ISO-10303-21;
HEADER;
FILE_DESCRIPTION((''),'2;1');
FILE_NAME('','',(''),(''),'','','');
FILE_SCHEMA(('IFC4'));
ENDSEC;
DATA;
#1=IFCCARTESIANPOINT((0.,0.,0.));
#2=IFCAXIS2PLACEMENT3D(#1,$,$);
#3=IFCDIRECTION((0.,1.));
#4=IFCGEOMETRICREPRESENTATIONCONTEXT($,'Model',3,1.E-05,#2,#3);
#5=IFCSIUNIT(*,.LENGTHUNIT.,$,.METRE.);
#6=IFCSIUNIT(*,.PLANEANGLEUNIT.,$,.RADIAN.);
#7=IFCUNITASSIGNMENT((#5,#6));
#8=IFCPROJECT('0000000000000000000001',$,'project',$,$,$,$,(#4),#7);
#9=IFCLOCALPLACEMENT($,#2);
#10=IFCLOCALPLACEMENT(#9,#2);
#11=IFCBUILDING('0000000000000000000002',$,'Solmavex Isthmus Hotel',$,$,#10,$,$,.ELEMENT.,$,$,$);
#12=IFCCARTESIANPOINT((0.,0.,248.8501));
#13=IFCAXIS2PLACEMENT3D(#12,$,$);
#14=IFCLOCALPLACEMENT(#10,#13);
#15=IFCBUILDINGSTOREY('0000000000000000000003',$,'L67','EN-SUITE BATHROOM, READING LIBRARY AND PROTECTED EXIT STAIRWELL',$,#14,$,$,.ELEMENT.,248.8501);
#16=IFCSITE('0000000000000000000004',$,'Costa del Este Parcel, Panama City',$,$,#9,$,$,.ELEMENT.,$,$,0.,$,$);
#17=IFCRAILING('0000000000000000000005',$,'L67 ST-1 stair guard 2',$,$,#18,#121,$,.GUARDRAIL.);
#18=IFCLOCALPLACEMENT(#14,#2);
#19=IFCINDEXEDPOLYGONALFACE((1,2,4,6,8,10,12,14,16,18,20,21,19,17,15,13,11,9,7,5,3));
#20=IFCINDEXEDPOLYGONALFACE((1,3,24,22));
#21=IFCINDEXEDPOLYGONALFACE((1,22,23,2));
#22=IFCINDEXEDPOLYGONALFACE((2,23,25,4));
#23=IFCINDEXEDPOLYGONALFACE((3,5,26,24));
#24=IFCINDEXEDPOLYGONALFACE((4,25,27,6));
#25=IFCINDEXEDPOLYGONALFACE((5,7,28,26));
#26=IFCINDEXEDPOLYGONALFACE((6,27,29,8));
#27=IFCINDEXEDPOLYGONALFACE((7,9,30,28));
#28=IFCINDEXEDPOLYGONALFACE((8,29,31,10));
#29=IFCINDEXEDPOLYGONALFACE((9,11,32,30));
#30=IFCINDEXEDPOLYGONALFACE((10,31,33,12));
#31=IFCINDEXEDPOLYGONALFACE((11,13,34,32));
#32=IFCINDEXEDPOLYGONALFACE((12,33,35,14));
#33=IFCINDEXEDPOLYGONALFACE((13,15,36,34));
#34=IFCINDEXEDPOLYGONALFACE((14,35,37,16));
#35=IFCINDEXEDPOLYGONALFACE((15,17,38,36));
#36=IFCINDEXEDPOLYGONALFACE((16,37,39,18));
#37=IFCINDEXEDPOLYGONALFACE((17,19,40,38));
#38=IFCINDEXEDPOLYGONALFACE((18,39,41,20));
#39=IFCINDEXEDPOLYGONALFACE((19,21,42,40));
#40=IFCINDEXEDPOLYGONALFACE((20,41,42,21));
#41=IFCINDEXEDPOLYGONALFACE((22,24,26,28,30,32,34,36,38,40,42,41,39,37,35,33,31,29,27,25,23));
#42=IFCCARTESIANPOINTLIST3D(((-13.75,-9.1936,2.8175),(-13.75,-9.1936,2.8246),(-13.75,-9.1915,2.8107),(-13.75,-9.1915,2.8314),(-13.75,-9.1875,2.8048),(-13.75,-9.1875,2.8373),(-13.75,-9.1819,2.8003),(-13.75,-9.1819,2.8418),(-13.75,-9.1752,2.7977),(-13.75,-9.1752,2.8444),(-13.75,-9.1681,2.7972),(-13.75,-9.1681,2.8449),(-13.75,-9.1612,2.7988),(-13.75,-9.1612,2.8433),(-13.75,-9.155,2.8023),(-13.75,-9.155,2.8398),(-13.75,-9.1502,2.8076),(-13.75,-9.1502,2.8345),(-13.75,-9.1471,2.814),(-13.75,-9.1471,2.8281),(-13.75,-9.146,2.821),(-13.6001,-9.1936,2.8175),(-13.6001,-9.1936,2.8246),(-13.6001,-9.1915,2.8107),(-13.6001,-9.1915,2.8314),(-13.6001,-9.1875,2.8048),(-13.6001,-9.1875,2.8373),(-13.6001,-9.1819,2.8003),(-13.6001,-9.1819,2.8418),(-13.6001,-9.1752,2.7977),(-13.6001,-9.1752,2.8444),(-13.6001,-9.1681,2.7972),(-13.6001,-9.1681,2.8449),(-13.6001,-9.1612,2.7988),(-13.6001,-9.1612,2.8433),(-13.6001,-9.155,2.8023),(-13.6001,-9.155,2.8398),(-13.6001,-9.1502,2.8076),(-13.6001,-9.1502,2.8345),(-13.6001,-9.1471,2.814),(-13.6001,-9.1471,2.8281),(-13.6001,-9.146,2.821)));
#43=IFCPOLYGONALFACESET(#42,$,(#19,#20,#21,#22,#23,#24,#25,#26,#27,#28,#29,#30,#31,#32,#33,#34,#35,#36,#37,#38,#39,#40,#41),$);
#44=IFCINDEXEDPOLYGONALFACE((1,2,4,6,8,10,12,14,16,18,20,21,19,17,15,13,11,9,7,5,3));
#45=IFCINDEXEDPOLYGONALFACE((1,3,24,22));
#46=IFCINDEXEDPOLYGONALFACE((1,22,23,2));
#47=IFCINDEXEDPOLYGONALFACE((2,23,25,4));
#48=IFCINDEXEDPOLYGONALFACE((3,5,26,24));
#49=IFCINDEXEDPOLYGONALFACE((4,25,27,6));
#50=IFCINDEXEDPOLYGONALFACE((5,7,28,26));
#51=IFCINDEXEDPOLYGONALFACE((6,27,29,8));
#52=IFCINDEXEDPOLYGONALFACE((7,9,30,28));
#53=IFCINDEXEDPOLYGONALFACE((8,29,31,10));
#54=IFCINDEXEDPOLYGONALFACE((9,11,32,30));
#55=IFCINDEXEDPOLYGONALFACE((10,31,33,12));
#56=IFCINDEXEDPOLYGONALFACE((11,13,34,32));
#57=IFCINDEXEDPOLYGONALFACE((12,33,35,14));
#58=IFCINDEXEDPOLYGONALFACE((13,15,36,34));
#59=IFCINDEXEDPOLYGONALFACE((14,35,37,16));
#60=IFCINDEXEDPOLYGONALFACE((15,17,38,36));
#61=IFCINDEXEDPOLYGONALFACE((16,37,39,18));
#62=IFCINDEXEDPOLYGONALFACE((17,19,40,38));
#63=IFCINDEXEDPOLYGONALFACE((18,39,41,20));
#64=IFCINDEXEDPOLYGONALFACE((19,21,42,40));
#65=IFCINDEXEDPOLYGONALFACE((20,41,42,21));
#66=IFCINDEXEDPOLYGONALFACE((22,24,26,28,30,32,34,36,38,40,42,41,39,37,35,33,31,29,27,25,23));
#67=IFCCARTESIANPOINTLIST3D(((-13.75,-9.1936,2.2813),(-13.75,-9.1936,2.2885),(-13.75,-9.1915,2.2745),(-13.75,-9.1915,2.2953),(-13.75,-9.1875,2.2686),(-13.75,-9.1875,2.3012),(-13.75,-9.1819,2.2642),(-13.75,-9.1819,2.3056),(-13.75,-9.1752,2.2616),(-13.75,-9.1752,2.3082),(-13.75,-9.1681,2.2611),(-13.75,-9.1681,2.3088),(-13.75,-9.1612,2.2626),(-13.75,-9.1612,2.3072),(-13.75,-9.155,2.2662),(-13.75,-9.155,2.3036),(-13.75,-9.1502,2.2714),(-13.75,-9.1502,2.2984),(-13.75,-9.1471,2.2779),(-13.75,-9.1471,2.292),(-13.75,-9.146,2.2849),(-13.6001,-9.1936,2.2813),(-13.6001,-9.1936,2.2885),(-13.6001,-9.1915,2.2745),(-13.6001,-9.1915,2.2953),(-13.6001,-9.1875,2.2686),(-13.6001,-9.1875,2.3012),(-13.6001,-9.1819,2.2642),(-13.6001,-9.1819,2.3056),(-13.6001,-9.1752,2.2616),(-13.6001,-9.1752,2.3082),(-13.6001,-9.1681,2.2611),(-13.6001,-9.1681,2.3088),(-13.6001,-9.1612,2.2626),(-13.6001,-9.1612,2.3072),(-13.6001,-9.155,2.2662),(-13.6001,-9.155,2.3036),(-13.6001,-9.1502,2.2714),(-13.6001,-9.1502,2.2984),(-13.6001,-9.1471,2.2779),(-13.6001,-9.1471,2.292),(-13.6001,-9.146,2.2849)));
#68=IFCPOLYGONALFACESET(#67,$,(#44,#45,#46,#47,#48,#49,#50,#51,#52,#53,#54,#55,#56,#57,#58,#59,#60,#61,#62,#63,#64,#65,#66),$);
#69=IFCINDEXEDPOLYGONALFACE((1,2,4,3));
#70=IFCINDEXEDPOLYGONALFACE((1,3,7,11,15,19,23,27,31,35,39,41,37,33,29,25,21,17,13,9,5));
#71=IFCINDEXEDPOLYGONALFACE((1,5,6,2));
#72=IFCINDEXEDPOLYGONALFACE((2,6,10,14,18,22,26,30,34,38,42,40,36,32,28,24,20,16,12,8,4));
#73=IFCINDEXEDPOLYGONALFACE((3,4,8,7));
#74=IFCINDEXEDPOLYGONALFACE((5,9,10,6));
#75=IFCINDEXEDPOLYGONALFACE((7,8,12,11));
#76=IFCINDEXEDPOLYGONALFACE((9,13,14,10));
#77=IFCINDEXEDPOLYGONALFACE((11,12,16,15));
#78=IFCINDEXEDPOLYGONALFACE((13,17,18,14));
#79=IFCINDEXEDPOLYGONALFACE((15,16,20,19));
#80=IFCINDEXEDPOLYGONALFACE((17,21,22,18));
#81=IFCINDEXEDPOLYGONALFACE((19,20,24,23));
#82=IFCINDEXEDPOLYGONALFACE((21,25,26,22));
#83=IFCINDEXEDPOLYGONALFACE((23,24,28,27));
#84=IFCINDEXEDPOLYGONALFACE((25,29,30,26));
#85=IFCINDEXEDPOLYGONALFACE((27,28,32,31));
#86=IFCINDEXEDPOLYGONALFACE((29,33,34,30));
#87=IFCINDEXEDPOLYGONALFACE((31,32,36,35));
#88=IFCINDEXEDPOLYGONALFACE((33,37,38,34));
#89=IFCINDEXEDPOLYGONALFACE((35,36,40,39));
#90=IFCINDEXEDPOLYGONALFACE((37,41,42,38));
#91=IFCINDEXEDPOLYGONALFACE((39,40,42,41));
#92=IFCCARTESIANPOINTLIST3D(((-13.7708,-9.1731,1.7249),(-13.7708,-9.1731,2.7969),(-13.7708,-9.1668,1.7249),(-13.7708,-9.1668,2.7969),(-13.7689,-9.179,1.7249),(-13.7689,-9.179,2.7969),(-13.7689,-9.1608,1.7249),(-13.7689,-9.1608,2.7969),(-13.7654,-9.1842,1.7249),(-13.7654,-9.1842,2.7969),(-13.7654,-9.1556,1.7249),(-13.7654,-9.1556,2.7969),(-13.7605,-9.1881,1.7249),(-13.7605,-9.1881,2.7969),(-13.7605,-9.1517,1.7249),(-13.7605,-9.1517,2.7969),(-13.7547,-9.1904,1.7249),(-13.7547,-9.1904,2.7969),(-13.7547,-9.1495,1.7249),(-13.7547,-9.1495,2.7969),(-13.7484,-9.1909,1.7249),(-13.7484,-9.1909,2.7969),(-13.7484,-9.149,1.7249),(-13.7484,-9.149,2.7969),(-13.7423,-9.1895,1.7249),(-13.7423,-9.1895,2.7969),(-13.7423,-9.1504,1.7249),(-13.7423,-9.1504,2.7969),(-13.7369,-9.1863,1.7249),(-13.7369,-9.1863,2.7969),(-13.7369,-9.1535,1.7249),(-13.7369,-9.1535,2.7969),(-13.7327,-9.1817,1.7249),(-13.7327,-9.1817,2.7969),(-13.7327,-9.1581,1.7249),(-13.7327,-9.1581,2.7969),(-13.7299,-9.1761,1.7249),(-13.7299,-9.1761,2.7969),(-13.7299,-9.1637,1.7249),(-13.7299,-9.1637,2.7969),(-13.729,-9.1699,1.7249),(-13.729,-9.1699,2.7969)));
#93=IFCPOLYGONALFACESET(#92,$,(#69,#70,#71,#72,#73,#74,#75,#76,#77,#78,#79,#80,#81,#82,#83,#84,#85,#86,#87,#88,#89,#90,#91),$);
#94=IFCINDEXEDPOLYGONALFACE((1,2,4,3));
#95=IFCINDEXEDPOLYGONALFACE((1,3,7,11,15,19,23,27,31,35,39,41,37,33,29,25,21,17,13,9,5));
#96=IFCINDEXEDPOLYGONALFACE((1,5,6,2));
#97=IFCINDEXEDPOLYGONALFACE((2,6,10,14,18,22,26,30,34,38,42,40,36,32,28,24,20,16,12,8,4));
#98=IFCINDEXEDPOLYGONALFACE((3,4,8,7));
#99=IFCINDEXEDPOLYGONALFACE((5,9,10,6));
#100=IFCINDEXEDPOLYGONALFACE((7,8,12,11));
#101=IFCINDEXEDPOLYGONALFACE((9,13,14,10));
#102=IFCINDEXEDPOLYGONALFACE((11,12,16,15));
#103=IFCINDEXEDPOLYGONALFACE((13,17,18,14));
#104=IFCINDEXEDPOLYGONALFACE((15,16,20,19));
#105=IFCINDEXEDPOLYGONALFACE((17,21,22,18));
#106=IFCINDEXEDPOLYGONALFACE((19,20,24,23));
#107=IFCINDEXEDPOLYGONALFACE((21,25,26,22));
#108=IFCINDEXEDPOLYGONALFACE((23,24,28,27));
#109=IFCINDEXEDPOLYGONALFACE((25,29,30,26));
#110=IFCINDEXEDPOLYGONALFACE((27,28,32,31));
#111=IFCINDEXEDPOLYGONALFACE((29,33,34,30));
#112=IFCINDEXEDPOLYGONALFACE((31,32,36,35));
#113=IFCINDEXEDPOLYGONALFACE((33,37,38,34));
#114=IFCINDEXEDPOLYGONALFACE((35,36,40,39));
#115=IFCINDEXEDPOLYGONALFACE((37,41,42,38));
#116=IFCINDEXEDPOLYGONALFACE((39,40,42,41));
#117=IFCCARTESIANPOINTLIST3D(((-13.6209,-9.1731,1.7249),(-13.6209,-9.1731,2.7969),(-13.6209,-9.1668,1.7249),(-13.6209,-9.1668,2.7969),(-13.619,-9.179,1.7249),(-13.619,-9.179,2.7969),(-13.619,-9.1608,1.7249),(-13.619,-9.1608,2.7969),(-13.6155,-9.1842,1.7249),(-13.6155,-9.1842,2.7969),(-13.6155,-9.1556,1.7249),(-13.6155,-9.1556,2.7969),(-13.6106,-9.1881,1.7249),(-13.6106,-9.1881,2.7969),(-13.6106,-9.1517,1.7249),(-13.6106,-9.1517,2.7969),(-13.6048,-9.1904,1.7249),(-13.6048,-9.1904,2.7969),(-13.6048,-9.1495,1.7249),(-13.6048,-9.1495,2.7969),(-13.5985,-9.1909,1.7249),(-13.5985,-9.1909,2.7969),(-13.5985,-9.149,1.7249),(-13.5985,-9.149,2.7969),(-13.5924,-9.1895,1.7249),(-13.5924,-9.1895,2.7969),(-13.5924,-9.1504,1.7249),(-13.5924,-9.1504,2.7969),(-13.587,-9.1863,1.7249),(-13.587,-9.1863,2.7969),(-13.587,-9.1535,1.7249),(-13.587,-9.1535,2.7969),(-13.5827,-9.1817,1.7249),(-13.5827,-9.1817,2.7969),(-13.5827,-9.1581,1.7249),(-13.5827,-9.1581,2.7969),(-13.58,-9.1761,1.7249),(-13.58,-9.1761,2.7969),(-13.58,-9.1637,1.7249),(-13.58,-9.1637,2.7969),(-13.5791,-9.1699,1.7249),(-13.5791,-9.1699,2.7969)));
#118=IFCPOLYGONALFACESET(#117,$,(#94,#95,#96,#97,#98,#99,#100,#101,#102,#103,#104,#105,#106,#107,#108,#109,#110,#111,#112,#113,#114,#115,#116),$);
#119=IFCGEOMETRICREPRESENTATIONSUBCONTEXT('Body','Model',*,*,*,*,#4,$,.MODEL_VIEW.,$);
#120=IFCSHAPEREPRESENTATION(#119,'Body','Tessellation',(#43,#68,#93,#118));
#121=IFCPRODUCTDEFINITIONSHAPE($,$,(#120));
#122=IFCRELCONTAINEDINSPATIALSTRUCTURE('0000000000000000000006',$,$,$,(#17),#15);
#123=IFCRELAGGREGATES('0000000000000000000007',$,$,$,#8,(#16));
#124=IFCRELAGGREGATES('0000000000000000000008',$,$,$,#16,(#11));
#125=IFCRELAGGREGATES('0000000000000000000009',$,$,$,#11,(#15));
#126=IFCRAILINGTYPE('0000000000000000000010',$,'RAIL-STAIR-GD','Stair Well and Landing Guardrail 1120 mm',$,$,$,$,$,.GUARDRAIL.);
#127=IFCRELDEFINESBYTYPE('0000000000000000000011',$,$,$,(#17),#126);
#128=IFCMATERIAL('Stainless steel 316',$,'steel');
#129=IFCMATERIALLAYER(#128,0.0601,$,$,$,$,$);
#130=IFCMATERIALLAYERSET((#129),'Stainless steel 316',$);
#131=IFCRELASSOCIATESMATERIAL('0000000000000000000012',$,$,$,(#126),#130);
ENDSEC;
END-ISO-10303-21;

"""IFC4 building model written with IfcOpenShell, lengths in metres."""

from ifc_helpers import new_model, si_unit, direction, frame, origin, origin_2d, place, context, subcontext, project, spatial, circle, extrude, material, layer, layer_set, type_object, element, save


model = new_model("IFC4")

# Units and contexts
model_context = context("Model", 3, precision=1e-05, world=origin(), true_north=direction((0.0, 1.0)))
body_context = subcontext(model_context, "Body", "Model", "MODEL_VIEW")
ifc_project = project(units=[si_unit("LENGTHUNIT", "METRE"), si_unit("PLANEANGLEUNIT", "RADIAN")], contexts=[model_context])

# Site, building, storey
site_placement = place(None, origin())
site = spatial("IfcSite", under=ifc_project, at=site_placement, Name="Costa del Este Parcel, Panama City", CompositionType="ELEMENT", RefElevation=0.0)
building_placement = place(site_placement, origin())
building = spatial("IfcBuilding", under=site, at=building_placement, Name="Solmavex Isthmus Hotel", CompositionType="ELEMENT")
storey_placement = place(building_placement, frame((0.0, 0.0, 248.8501)))
storey = spatial("IfcBuildingStorey", under=building, at=storey_placement, Name="L67", Description="EN-SUITE BATHROOM, READING LIBRARY AND PROTECTED EXIT STAIRWELL", CompositionType="ELEMENT", Elevation=248.8501)

# Railing
ifc_material_1 = material(Name="Stainless steel 316", Category="steel")
ifc_layer_1 = layer(ifc_material_1, 0.0601)
ifc_layer_set_1 = layer_set([ifc_layer_1], Name="Stainless steel 316")
railing_type_1 = type_object("IfcRailingType", Name="RAIL-STAIR-GD", Description="Stair Well and Landing Guardrail 1120 mm", PredefinedType="GUARDRAIL", material=ifc_layer_set_1)
railing_1_placement = place(storey_placement, frame((-13.75, -9.1699, 1.7249)))
element("IfcRailing", 1, at=railing_1_placement, inside=storey, type_object=railing_type_1, Name="L67 ST-1 stair guard 2", PredefinedType="GUARDRAIL", context=body_context, shape_type="SweptSolid", body=[
    extrude(circle(Radius=0.0239, at=origin_2d()), frame((0.0, 0.0, 1.0962), z_axis=(1.0, 0.0, 0.0), x_axis=(0.0, 1.0, 0.0)), (0.0, 0.0, 1.0), 0.1499),
    extrude(circle(Radius=0.0239, at=origin_2d()), frame((0.0, 0.0, 0.5601), z_axis=(1.0, 0.0, 0.0), x_axis=(0.0, 1.0, 0.0)), (0.0, 0.0, 1.0), 0.1499),
    extrude(circle(Radius=0.021, at=origin_2d()), origin(), (0.0, 0.0, 1.0), 1.072),
    extrude(circle(Radius=0.021, at=origin_2d()), frame((0.1499, 0.0, 0.0)), (0.0, 0.0, 1.0), 1.072),
])

save(model, "model.ifc")
